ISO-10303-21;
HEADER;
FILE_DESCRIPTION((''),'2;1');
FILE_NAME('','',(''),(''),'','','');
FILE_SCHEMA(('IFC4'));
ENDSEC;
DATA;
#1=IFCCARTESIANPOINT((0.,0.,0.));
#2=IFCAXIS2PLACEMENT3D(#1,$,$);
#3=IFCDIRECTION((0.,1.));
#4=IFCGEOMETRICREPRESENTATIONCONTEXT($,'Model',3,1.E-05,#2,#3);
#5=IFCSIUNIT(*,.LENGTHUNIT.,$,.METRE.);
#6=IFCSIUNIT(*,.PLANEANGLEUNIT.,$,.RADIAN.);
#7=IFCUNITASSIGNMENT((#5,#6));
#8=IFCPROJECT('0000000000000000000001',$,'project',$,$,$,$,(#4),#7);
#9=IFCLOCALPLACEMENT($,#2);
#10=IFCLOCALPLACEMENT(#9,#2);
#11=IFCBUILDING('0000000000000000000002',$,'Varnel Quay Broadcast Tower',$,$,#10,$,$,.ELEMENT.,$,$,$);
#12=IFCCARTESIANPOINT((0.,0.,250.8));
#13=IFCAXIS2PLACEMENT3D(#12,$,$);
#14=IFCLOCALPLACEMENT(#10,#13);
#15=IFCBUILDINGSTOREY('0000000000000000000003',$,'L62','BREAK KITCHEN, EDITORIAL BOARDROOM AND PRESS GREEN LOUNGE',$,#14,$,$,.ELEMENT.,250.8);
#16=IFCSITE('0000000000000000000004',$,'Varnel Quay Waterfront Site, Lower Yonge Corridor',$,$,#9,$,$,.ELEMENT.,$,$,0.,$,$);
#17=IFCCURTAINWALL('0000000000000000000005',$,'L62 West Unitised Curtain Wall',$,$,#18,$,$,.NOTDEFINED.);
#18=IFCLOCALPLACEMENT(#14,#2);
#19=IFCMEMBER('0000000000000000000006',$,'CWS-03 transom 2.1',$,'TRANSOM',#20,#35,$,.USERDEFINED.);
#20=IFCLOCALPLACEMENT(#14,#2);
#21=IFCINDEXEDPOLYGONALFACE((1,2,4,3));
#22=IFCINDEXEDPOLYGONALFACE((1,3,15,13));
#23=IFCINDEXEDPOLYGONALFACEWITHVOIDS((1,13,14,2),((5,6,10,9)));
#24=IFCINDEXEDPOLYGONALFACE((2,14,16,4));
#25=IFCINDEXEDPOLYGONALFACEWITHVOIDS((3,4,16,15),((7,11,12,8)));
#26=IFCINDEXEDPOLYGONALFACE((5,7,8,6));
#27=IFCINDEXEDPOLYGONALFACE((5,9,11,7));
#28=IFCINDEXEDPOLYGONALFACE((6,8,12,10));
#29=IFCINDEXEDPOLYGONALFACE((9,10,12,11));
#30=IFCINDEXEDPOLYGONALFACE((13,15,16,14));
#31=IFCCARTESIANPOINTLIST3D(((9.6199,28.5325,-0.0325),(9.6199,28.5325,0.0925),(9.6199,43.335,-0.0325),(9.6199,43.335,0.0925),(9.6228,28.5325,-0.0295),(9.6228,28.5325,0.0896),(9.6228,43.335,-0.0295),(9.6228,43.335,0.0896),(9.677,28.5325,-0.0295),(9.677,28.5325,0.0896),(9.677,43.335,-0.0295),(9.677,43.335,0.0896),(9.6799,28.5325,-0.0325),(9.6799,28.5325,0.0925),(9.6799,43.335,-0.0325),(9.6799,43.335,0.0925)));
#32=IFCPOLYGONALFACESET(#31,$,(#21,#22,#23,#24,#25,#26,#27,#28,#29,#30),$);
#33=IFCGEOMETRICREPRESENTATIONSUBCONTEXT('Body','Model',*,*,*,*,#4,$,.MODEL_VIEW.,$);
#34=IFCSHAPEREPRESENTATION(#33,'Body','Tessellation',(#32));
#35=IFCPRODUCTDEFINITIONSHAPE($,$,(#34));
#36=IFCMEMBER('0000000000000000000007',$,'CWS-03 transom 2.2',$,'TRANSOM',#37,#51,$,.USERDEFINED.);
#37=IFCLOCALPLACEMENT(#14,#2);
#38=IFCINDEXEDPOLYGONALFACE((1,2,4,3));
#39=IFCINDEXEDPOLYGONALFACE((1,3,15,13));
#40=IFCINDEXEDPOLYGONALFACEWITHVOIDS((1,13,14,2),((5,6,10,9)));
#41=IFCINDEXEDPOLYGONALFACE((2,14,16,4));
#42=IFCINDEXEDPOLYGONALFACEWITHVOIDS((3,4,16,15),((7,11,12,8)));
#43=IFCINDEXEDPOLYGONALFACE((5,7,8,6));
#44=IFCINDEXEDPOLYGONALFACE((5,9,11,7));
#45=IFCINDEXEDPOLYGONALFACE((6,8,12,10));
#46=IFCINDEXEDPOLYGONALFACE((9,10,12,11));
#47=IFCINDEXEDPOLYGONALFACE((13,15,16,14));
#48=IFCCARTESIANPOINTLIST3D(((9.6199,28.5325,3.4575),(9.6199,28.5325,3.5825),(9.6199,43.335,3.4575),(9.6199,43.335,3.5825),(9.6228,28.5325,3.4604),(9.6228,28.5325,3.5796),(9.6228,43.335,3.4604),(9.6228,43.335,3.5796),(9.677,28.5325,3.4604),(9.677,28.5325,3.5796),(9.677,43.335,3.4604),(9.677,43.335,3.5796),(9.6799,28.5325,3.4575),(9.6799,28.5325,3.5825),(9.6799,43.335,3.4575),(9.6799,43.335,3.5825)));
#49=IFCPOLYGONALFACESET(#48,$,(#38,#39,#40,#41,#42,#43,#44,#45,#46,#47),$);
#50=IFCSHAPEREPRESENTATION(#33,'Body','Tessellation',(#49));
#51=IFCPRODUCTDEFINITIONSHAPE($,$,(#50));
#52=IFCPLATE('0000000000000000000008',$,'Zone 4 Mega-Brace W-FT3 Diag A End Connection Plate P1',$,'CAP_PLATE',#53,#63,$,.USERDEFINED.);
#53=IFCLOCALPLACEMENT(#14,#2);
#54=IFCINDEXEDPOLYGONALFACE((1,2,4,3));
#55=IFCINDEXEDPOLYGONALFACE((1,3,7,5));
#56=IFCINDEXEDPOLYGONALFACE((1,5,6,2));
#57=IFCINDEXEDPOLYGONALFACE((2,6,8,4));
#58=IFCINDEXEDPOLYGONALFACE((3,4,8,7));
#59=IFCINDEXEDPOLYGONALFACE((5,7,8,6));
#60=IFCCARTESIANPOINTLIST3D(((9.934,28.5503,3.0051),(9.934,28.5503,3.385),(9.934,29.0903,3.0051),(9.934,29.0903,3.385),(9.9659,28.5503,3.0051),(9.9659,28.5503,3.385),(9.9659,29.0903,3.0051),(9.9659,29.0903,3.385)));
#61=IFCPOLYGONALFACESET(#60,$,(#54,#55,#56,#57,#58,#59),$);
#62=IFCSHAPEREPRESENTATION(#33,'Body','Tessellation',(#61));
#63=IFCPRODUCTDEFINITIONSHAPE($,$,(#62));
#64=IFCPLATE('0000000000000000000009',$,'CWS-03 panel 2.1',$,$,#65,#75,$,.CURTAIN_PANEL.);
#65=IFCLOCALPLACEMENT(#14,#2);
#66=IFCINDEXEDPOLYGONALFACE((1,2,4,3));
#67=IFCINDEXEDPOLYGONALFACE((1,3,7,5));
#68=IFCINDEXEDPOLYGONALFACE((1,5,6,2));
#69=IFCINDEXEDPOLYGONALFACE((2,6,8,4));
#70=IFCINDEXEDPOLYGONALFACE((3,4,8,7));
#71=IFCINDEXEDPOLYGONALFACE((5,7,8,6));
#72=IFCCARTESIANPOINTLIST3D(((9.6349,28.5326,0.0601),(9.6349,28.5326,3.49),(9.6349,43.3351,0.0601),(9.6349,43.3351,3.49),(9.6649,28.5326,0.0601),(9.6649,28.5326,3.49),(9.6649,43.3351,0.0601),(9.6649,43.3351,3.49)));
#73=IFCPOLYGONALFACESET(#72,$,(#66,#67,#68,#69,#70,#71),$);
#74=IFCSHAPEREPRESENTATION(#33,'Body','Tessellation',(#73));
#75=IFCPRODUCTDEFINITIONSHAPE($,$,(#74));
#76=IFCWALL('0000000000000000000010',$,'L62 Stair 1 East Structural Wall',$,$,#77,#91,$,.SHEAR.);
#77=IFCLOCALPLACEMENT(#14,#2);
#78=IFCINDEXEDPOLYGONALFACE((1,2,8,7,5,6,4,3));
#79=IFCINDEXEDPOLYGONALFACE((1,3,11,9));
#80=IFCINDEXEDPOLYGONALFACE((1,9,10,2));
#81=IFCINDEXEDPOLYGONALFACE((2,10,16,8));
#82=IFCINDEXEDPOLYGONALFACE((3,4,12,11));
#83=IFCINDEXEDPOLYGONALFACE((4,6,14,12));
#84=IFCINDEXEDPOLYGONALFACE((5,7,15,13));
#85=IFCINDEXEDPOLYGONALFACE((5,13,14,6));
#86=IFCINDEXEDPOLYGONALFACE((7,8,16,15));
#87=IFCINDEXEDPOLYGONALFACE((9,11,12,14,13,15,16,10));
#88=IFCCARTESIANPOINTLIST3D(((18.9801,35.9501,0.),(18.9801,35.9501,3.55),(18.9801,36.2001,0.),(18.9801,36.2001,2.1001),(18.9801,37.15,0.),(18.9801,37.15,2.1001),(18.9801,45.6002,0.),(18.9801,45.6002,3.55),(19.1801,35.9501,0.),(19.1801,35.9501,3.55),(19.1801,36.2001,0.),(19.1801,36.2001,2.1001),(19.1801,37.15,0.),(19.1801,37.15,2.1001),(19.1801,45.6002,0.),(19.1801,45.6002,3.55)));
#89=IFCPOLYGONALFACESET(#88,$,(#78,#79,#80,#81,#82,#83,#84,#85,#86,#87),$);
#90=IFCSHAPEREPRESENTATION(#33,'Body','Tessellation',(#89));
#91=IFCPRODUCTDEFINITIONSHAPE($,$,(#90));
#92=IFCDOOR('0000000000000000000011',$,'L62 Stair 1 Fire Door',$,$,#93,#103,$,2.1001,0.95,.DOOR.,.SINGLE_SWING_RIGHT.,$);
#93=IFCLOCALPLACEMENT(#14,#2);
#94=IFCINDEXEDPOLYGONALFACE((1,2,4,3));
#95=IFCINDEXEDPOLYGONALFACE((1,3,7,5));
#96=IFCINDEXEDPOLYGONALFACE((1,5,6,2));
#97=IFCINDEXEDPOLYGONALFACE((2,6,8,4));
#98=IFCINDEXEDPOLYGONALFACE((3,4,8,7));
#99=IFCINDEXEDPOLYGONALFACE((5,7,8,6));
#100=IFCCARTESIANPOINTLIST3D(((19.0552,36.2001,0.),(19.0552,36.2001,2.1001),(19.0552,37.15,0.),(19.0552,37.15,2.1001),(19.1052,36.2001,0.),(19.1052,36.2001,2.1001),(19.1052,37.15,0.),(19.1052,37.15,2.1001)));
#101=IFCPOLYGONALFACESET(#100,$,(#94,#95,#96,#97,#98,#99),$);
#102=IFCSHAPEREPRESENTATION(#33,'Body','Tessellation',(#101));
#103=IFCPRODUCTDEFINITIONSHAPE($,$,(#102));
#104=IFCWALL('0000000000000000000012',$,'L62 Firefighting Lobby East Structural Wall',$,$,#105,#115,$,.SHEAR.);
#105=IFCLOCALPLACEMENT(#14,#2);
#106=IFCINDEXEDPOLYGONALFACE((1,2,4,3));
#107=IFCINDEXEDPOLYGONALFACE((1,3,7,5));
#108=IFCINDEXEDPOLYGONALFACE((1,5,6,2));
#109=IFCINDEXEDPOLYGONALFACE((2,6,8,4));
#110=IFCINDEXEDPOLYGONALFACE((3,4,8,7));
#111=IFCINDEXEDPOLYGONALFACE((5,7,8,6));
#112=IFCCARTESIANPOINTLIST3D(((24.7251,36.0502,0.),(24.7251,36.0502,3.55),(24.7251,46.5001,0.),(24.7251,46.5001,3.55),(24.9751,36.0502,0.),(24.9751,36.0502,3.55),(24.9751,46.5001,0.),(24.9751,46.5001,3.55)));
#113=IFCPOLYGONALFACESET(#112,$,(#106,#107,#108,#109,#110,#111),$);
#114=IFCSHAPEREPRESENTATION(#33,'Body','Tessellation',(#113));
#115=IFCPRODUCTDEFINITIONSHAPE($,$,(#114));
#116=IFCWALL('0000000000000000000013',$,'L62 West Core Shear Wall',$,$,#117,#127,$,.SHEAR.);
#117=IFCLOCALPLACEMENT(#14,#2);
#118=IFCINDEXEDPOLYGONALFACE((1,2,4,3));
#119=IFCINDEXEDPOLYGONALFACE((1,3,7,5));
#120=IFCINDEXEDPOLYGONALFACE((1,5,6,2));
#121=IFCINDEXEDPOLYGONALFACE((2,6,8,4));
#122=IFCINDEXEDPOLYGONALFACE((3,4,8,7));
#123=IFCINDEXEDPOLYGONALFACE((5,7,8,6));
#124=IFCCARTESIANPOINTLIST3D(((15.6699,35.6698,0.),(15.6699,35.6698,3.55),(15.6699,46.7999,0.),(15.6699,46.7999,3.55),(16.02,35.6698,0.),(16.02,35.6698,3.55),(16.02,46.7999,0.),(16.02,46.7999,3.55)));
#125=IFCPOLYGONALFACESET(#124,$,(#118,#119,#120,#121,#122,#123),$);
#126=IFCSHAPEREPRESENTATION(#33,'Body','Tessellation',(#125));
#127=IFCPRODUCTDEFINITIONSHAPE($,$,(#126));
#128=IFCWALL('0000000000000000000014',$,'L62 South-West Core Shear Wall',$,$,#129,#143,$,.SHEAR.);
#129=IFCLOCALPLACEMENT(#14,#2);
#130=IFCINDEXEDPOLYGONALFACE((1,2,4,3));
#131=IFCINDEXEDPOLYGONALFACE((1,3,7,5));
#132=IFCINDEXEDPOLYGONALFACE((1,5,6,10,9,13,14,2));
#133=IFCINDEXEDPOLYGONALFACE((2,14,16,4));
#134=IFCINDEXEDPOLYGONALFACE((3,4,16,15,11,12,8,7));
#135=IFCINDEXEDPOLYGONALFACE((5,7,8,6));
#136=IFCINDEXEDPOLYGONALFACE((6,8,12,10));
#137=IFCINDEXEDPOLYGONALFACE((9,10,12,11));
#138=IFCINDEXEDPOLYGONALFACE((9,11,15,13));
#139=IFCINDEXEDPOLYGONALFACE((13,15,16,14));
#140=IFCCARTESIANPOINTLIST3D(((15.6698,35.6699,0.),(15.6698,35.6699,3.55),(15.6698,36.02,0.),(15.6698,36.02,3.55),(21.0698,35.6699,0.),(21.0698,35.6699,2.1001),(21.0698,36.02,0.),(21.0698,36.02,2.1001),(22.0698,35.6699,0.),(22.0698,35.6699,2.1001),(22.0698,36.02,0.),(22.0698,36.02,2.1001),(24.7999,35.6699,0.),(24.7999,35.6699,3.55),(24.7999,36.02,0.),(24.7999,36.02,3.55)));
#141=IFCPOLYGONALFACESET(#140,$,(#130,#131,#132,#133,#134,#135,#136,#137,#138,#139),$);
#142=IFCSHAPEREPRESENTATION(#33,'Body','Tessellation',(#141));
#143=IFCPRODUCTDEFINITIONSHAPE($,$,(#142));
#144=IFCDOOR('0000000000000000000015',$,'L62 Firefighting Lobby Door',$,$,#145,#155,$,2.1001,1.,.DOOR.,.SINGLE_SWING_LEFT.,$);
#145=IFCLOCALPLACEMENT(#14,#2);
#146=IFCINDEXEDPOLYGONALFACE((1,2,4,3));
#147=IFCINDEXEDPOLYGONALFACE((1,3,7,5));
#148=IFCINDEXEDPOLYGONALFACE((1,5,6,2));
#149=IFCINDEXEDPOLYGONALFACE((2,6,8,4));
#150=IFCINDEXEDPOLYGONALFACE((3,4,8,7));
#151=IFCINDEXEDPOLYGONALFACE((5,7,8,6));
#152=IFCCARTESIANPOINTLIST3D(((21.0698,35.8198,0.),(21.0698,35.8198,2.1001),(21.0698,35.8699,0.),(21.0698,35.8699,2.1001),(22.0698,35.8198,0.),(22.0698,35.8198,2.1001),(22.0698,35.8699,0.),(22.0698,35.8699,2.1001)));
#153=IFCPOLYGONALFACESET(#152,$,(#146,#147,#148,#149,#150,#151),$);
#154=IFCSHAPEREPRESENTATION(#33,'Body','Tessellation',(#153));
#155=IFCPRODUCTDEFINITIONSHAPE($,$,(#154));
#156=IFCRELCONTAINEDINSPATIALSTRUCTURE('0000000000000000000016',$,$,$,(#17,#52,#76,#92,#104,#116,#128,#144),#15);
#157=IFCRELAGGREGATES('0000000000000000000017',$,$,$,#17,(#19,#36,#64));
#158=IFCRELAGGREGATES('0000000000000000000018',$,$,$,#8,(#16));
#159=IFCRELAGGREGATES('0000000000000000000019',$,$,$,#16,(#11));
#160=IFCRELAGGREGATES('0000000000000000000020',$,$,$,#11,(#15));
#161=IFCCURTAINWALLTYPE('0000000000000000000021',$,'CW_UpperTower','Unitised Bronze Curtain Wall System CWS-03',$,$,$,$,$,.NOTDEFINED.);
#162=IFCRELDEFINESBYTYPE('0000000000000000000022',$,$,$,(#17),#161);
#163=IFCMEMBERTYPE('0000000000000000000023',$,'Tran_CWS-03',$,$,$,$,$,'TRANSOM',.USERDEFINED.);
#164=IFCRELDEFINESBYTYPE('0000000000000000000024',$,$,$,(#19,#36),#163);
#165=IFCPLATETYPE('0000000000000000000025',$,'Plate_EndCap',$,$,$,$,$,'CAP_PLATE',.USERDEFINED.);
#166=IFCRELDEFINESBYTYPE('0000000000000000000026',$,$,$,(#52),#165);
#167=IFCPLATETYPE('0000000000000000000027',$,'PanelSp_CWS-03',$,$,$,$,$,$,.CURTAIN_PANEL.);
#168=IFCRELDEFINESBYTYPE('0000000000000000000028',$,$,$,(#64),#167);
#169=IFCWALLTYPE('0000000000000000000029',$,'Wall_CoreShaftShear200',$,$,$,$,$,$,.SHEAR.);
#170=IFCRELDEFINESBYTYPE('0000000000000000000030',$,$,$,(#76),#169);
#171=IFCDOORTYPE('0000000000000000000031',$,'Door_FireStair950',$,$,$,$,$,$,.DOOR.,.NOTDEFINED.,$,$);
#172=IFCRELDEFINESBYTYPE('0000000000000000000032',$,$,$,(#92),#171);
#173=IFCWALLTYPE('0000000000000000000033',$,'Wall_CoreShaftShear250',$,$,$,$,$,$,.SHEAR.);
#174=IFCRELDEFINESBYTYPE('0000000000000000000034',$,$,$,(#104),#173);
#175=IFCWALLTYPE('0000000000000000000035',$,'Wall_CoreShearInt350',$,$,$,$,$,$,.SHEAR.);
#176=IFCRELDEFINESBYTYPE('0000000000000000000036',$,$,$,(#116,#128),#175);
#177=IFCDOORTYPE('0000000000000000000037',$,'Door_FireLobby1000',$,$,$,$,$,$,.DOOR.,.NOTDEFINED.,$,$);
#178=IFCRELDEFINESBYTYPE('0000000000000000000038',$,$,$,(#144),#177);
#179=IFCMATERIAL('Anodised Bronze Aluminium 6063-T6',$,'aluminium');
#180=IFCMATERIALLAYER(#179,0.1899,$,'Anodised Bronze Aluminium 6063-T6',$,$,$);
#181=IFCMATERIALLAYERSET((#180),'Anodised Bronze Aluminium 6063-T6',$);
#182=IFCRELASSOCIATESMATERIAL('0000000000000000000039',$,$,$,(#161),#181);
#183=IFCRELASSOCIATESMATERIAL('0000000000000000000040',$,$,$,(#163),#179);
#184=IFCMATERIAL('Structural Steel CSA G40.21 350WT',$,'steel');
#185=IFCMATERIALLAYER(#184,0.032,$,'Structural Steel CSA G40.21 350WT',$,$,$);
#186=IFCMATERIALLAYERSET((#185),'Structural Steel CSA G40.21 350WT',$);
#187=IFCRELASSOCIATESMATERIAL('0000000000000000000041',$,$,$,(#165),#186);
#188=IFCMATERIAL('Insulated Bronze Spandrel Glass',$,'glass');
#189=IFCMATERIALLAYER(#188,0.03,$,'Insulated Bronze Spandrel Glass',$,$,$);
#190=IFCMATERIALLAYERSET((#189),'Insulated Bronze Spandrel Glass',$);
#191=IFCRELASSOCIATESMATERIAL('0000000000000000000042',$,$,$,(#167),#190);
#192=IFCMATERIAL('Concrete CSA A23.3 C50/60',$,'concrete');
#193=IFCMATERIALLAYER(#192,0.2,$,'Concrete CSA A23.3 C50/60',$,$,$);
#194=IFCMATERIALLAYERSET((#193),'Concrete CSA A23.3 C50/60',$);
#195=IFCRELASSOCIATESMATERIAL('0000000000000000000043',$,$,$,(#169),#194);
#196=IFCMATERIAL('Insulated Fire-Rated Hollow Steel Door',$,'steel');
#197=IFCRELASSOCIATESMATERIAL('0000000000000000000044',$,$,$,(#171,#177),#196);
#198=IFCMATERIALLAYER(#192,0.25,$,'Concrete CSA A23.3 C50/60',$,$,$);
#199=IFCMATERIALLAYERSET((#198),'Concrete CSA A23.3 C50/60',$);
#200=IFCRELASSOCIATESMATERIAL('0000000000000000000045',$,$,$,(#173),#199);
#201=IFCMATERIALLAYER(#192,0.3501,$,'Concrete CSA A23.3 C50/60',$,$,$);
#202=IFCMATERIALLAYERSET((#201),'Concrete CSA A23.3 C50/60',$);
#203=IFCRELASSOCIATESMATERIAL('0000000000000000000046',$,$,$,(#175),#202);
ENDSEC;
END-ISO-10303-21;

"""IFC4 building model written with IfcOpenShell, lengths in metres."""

from ifc_helpers import new_model, si_unit, direction, frame, frame_2d, origin, origin_2d, place, context, subcontext, project, spatial, rectangle, hollow_rectangle, extrude, source, transform, mapped, material, layer, layer_set, material_profile, profile_set, type_object, type_shapes, element, fill, aggregate, save


model = new_model("IFC4")

# Units and contexts
model_context = context("Model", 3, precision=1e-05, world=origin(), true_north=direction((0.0, 1.0)))
body_context = subcontext(model_context, "Body", "Model", "MODEL_VIEW")
ifc_project = project(units=[si_unit("LENGTHUNIT", "METRE"), si_unit("PLANEANGLEUNIT", "RADIAN")], contexts=[model_context])

# Site, building, storey
site_placement = place(None, origin())
site = spatial("IfcSite", under=ifc_project, at=site_placement, Name="Varnel Quay Waterfront Site, Lower Yonge Corridor", CompositionType="ELEMENT", RefElevation=0.0)
building_placement = place(site_placement, origin())
building = spatial("IfcBuilding", under=site, at=building_placement, Name="Varnel Quay Broadcast Tower", CompositionType="ELEMENT")
storey_placement = place(building_placement, frame((0.0, 0.0, 250.8)))
storey = spatial("IfcBuildingStorey", under=building, at=storey_placement, Name="L62", Description="BREAK KITCHEN, EDITORIAL BOARDROOM AND PRESS GREEN LOUNGE", CompositionType="ELEMENT", Elevation=250.8)

# Shared definitions
ifc_material_1 = material(Name="Structural Steel CSA G40.21 350WT", Category="steel")

# Shared definitions
ifc_material_2 = material(Name="Concrete CSA A23.3 C50/60", Category="concrete")

# Curtain wall, members
ifc_material_3 = material(Name="Anodised Bronze Aluminium 6063-T6", Category="aluminium")
ifc_layer_1 = layer(ifc_material_3, 0.1899, Name="Anodised Bronze Aluminium 6063-T6")
ifc_layer_set_1 = layer_set([ifc_layer_1], Name="Anodised Bronze Aluminium 6063-T6")
curtain_wall_type = type_object("IfcCurtainWallType", Name="CW_UpperTower", Description="Unitised Bronze Curtain Wall System CWS-03", PredefinedType="NOTDEFINED", material=ifc_layer_set_1)
curtain_wall_placement = place(storey_placement, origin())
curtain_wall = element("IfcCurtainWall", 1, at=curtain_wall_placement, inside=storey, type_object=curtain_wall_type, Name="L62 West Unitised Curtain Wall", PredefinedType="NOTDEFINED")
ifc_material_profile_1 = material_profile(ifc_material_3, hollow_rectangle(XDim=0.0601, YDim=0.125, WallThickness=0.0029, at=origin_2d()), Name="ALU60X125X3")
ifc_profile_set_1 = profile_set([ifc_material_profile_1], Name="Anodised Bronze Aluminium 6063-T6")
member_type_1 = type_object("IfcMemberType", Name="Tran_CWS-03", ElementType="TRANSOM", PredefinedType="USERDEFINED", material=ifc_profile_set_1)
shared_shape_1 = source(origin(), body_context, "Body", "SweptSolid", [
    extrude(hollow_rectangle(XDim=0.0601, YDim=0.125, WallThickness=0.0029, at=origin_2d()), origin(), (0.0, 0.0, 1.0), 14.8025),
])
type_shapes(member_type_1, [shared_shape_1])
member_1_placement = place(storey_placement, frame((9.6499, 28.5325, 0.03), z_axis=(0.0, 1.0, 0.0), x_axis=(-1.0, 0.0, 0.0)))
member_1 = element("IfcMember", 2, at=member_1_placement, type_object=member_type_1, Name="CWS-03 transom 2.1", ObjectType="TRANSOM", PredefinedType="USERDEFINED", context=body_context, shape_type="MappedRepresentation", body=[
    mapped(shared_shape_1, transform((0.0, 0.0, 0.0), x_axis=(1.0, 0.0, 0.0), y_axis=(0.0, 1.0, 0.0), z_axis=(0.0, 0.0, 1.0), scale=1.0)),
])
member_2_placement = place(storey_placement, frame((9.6499, 28.5325, 3.52), z_axis=(0.0, 1.0, 0.0), x_axis=(-1.0, 0.0, 0.0)))
member_2 = element("IfcMember", 3, at=member_2_placement, type_object=member_type_1, Name="CWS-03 transom 2.2", ObjectType="TRANSOM", PredefinedType="USERDEFINED", context=body_context, shape_type="MappedRepresentation", body=[
    mapped(shared_shape_1, transform((0.0, 0.0, 0.0), x_axis=(1.0, 0.0, 0.0), y_axis=(0.0, 1.0, 0.0), z_axis=(0.0, 0.0, 1.0), scale=1.0)),
])

# Plates
ifc_layer_2 = layer(ifc_material_1, 0.032, Name="Structural Steel CSA G40.21 350WT")
ifc_layer_set_2 = layer_set([ifc_layer_2], Name="Structural Steel CSA G40.21 350WT")
plate_type_1 = type_object("IfcPlateType", Name="Plate_EndCap", ElementType="CAP_PLATE", PredefinedType="USERDEFINED", material=ifc_layer_set_2)
shared_shape_2 = source(origin(), body_context, "Body", "SweptSolid", [
    extrude(rectangle(XDim=0.54, YDim=0.032, at=origin_2d()), origin(), (0.0, 0.0, 1.0), 0.3799),
])
type_shapes(plate_type_1, [shared_shape_2])
plate_1_placement = place(storey_placement, frame((9.95, 28.8203, 3.0051), z_axis=(0.0, 0.0, 1.0), x_axis=(0.0, 1.0, 0.0)))
element("IfcPlate", 4, at=plate_1_placement, inside=storey, type_object=plate_type_1, Name="Zone 4 Mega-Brace W-FT3 Diag A End Connection Plate P1", ObjectType="CAP_PLATE", PredefinedType="USERDEFINED", context=body_context, shape_type="MappedRepresentation", body=[
    mapped(shared_shape_2, transform((0.0, 0.0, 0.0), x_axis=(1.0, 0.0, 0.0), y_axis=(0.0, 1.0, 0.0), z_axis=(0.0, 0.0, 1.0), scale=1.0)),
])
ifc_material_4 = material(Name="Insulated Bronze Spandrel Glass", Category="glass")
ifc_layer_3 = layer(ifc_material_4, 0.03, Name="Insulated Bronze Spandrel Glass")
ifc_layer_set_3 = layer_set([ifc_layer_3], Name="Insulated Bronze Spandrel Glass")
plate_type_2 = type_object("IfcPlateType", Name="PanelSp_CWS-03", PredefinedType="CURTAIN_PANEL", material=ifc_layer_set_3)
shared_shape_3 = source(origin(), body_context, "Body", "SweptSolid", [
    extrude(rectangle(XDim=14.8025, YDim=0.03, at=origin_2d()), origin(), (0.0, 0.0, 1.0), 3.4299),
])
type_shapes(plate_type_2, [shared_shape_3])
plate_2_placement = place(storey_placement, frame((9.6499, 35.9338, 0.0601), z_axis=(0.0, 0.0, 1.0), x_axis=(0.0, 1.0, 0.0)))
plate_2 = element("IfcPlate", 5, at=plate_2_placement, type_object=plate_type_2, Name="CWS-03 panel 2.1", PredefinedType="CURTAIN_PANEL", context=body_context, shape_type="MappedRepresentation", body=[
    mapped(shared_shape_3, transform((0.0, 0.0, 0.0), x_axis=(1.0, 0.0, 0.0), y_axis=(0.0, 1.0, 0.0), z_axis=(0.0, 0.0, 1.0), scale=1.0)),
])
aggregate(curtain_wall, [member_1, member_2, plate_2])

# Wall, opening, door
ifc_layer_4 = layer(ifc_material_2, 0.2, Name="Concrete CSA A23.3 C50/60")
ifc_layer_set_4 = layer_set([ifc_layer_4], Name="Concrete CSA A23.3 C50/60")
wall_type_1 = type_object("IfcWallType", Name="Wall_CoreShaftShear200", PredefinedType="SHEAR", material=ifc_layer_set_4)
wall_1_placement = place(storey_placement, frame((19.0801, 35.95, 0.0), z_axis=(0.0, 0.0, 1.0), x_axis=(0.0, 1.0, 0.0)))
wall_1 = element("IfcWall", 6, at=wall_1_placement, inside=storey, type_object=wall_type_1, Name="L62 Stair 1 East Structural Wall", PredefinedType="SHEAR", context=body_context, shape_type="SweptSolid", body=[
    extrude(rectangle(XDim=9.6501, YDim=0.2, at=frame_2d((4.8252, 0.0))), origin(), (0.0, 0.0, 1.0), 3.55),
])
opening_1_placement = place(wall_1_placement, frame((0.25, 0.0, 0.0)))
opening_1 = element("IfcOpeningElement", 7, at=opening_1_placement, cuts=wall_1, PredefinedType="OPENING", context=body_context, shape_type="SweptSolid", body=[
    extrude(rectangle(XDim=0.95, YDim=2.1001, at=frame_2d((0.4751, 1.05))), frame((0.0, 0.1099, 0.0), z_axis=(0.0, -1.0, 0.0), x_axis=(1.0, 0.0, 0.0)), (0.0, 0.0, 1.0), 0.22),
])
ifc_material_5 = material(Name="Insulated Fire-Rated Hollow Steel Door", Category="steel")
door_type_1 = type_object("IfcDoorType", Name="Door_FireStair950", OperationType="NOTDEFINED", PredefinedType="DOOR", material=ifc_material_5)
shared_shape_4 = source(origin(), body_context, "Body", "SweptSolid", [
    extrude(rectangle(XDim=0.95, YDim=2.1001, at=frame_2d((0.4751, 1.05))), frame((0.0, 0.0249, 0.0), z_axis=(0.0, -1.0, 0.0), x_axis=(1.0, 0.0, 0.0)), (0.0, 0.0, 1.0), 0.05),
])
type_shapes(door_type_1, [shared_shape_4])
door_1_placement = place(opening_1_placement, origin())
door_1 = element("IfcDoor", 8, at=door_1_placement, inside=storey, type_object=door_type_1, Name="L62 Stair 1 Fire Door", OperationType="SINGLE_SWING_RIGHT", OverallHeight=2.1001, OverallWidth=0.95, PredefinedType="DOOR", context=body_context, shape_type="MappedRepresentation", body=[
    mapped(shared_shape_4, transform((0.0, 0.0, 0.0), x_axis=(1.0, 0.0, 0.0), y_axis=(0.0, 1.0, 0.0), z_axis=(0.0, 0.0, 1.0), scale=1.0)),
])
fill(opening_1, door_1)

# Walls
ifc_layer_5 = layer(ifc_material_2, 0.25, Name="Concrete CSA A23.3 C50/60")
ifc_layer_set_5 = layer_set([ifc_layer_5], Name="Concrete CSA A23.3 C50/60")
wall_type_2 = type_object("IfcWallType", Name="Wall_CoreShaftShear250", PredefinedType="SHEAR", material=ifc_layer_set_5)
wall_2_placement = place(storey_placement, frame((24.8501, 36.05, 0.0), z_axis=(0.0, 0.0, 1.0), x_axis=(0.0, 1.0, 0.0)))
element("IfcWall", 9, at=wall_2_placement, inside=storey, type_object=wall_type_2, Name="L62 Firefighting Lobby East Structural Wall", PredefinedType="SHEAR", context=body_context, shape_type="SweptSolid", body=[
    extrude(rectangle(XDim=10.45, YDim=0.25, at=frame_2d((5.2251, 0.0))), origin(), (0.0, 0.0, 1.0), 3.55),
])
ifc_layer_6 = layer(ifc_material_2, 0.3501, Name="Concrete CSA A23.3 C50/60")
ifc_layer_set_6 = layer_set([ifc_layer_6], Name="Concrete CSA A23.3 C50/60")
wall_type_3 = type_object("IfcWallType", Name="Wall_CoreShearInt350", PredefinedType="SHEAR", material=ifc_layer_set_6)
wall_3_placement = place(storey_placement, frame((15.845, 35.6699, 0.0), z_axis=(0.0, 0.0, 1.0), x_axis=(0.0, 1.0, 0.0)))
element("IfcWall", 10, at=wall_3_placement, inside=storey, type_object=wall_type_3, Name="L62 West Core Shear Wall", PredefinedType="SHEAR", context=body_context, shape_type="SweptSolid", body=[
    extrude(rectangle(XDim=11.1301, YDim=0.3501, at=frame_2d((5.5649, 0.0))), origin(), (0.0, 0.0, 1.0), 3.55),
])

# Wall, opening, door
wall_4_placement = place(storey_placement, frame((15.6699, 35.845, 0.0), z_axis=(0.0, 0.0, 1.0), x_axis=(1.0, 0.0, 0.0)))
wall_4 = element("IfcWall", 11, at=wall_4_placement, inside=storey, type_object=wall_type_3, Name="L62 South-West Core Shear Wall", PredefinedType="SHEAR", context=body_context, shape_type="SweptSolid", body=[
    extrude(rectangle(XDim=9.1301, YDim=0.3501, at=frame_2d((4.5649, 0.0))), origin(), (0.0, 0.0, 1.0), 3.55),
])
opening_2_placement = place(wall_4_placement, frame((5.3999, 0.0, 0.0)))
opening_2 = element("IfcOpeningElement", 12, at=opening_2_placement, cuts=wall_4, PredefinedType="OPENING", context=body_context, shape_type="SweptSolid", body=[
    extrude(rectangle(XDim=1.0, YDim=2.1001, at=frame_2d((0.5, 1.05))), frame((0.0, 0.1851, 0.0), z_axis=(0.0, -1.0, 0.0), x_axis=(1.0, 0.0, 0.0)), (0.0, 0.0, 1.0), 0.3701),
])
door_type_2 = type_object("IfcDoorType", Name="Door_FireLobby1000", OperationType="NOTDEFINED", PredefinedType="DOOR", material=ifc_material_5)
shared_shape_5 = source(origin(), body_context, "Body", "SweptSolid", [
    extrude(rectangle(XDim=1.0, YDim=2.1001, at=frame_2d((0.5, 1.05))), frame((0.0, 0.0249, 0.0), z_axis=(0.0, -1.0, 0.0), x_axis=(1.0, 0.0, 0.0)), (0.0, 0.0, 1.0), 0.05),
])
type_shapes(door_type_2, [shared_shape_5])
door_2_placement = place(opening_2_placement, origin())
door_2 = element("IfcDoor", 13, at=door_2_placement, inside=storey, type_object=door_type_2, Name="L62 Firefighting Lobby Door", OperationType="SINGLE_SWING_LEFT", OverallHeight=2.1001, OverallWidth=1.0, PredefinedType="DOOR", context=body_context, shape_type="MappedRepresentation", body=[
    mapped(shared_shape_5, transform((0.0, 0.0, 0.0), x_axis=(1.0, 0.0, 0.0), y_axis=(0.0, 1.0, 0.0), z_axis=(0.0, 0.0, 1.0), scale=1.0)),
])
fill(opening_2, door_2)

save(model, "model.ifc")
